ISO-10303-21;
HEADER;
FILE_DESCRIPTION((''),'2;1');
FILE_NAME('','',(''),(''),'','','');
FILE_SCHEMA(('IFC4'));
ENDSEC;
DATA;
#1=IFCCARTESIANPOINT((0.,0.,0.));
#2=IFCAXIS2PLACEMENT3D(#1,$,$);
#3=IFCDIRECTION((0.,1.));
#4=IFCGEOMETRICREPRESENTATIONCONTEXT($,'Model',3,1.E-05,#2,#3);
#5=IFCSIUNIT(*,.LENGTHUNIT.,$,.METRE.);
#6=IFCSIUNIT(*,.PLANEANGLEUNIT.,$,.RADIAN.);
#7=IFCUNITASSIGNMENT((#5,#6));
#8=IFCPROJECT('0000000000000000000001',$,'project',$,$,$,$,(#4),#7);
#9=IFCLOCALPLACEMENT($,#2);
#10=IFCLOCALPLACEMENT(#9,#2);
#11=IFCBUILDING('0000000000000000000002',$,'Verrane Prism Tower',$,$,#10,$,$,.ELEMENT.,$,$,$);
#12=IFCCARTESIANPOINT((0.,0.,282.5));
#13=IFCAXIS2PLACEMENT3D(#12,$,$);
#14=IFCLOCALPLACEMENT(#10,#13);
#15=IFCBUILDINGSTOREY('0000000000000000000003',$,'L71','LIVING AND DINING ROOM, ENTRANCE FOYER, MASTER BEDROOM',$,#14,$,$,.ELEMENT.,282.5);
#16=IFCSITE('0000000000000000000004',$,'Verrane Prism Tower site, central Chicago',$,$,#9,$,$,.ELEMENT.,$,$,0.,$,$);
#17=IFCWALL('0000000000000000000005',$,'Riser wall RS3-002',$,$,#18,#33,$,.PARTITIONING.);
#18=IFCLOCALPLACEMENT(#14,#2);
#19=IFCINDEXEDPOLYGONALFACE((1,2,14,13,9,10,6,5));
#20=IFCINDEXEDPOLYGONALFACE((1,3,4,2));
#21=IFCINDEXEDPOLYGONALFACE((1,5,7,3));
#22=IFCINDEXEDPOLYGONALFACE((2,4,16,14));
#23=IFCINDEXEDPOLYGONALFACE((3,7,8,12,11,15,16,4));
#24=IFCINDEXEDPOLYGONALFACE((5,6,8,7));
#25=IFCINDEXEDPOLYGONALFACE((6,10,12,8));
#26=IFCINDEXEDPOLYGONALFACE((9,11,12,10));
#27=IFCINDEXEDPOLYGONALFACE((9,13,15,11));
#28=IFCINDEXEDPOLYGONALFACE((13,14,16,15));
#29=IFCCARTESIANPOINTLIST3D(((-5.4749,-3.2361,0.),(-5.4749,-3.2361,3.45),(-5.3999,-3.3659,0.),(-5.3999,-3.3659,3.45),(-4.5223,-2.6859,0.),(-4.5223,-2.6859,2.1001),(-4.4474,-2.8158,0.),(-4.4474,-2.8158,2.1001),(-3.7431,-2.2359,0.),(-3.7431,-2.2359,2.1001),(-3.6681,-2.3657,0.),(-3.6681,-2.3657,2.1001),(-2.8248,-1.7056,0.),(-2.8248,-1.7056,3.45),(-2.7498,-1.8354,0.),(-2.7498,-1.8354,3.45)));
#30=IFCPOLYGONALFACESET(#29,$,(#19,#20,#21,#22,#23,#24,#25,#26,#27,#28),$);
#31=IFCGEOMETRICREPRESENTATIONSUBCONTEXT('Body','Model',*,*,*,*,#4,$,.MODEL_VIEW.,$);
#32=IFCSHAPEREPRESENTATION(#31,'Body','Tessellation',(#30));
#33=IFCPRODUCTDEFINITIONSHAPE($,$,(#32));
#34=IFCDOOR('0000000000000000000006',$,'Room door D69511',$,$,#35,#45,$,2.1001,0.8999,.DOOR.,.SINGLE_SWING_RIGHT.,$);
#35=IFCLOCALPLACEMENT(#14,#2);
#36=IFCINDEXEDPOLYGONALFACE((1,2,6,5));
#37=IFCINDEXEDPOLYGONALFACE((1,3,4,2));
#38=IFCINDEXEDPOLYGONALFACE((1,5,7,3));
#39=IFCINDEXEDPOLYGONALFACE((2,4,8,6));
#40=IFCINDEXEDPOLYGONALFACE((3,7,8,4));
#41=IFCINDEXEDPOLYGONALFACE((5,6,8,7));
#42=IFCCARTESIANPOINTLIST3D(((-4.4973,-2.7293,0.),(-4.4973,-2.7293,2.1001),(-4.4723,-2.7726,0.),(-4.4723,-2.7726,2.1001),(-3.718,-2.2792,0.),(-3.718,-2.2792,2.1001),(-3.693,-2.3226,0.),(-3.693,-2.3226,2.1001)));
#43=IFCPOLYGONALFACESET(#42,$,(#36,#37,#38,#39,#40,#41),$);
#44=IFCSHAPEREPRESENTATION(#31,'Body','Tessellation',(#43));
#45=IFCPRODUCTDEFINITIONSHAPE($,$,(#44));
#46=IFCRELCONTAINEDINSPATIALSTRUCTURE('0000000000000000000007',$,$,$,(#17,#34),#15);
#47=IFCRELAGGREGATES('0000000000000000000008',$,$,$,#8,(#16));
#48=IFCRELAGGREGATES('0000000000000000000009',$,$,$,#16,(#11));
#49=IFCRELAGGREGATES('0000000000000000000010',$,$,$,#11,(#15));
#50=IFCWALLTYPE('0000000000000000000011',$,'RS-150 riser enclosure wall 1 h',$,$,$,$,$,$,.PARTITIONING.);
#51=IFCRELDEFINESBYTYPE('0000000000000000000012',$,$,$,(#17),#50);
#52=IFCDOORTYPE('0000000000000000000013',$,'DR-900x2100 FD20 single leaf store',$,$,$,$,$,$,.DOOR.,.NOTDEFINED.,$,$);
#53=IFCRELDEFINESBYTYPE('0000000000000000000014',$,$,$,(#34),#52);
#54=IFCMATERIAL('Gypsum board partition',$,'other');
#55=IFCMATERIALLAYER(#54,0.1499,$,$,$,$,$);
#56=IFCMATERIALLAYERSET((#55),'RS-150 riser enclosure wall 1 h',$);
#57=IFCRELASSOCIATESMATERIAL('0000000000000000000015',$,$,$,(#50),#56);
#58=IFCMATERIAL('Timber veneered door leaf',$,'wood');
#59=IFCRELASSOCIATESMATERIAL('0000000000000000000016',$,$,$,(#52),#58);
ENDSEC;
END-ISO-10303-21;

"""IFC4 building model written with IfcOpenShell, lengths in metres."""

from ifc_helpers import new_model, si_unit, direction, frame, frame_2d, origin, place, context, subcontext, project, spatial, rectangle, extrude, material, layer, layer_set, type_object, element, fill, save


model = new_model("IFC4")

# Units and contexts
model_context = context("Model", 3, precision=1e-05, world=origin(), true_north=direction((0.0, 1.0)))
body_context = subcontext(model_context, "Body", "Model", "MODEL_VIEW")
ifc_project = project(units=[si_unit("LENGTHUNIT", "METRE"), si_unit("PLANEANGLEUNIT", "RADIAN")], contexts=[model_context])

# Site, building, storey
site_placement = place(None, origin())
site = spatial("IfcSite", under=ifc_project, at=site_placement, Name="Verrane Prism Tower site, central Chicago", CompositionType="ELEMENT", RefElevation=0.0)
building_placement = place(site_placement, origin())
building = spatial("IfcBuilding", under=site, at=building_placement, Name="Verrane Prism Tower", CompositionType="ELEMENT")
storey_placement = place(building_placement, frame((0.0, 0.0, 282.5)))
storey = spatial("IfcBuildingStorey", under=building, at=storey_placement, Name="L71", Description="LIVING AND DINING ROOM, ENTRANCE FOYER, MASTER BEDROOM", CompositionType="ELEMENT", Elevation=282.5)

# Shared definitions
ifc_material_1 = material(Name="Gypsum board partition", Category="other")
ifc_layer_1 = layer(ifc_material_1, 0.1499)
ifc_layer_set_1 = layer_set([ifc_layer_1], Name="RS-150 riser enclosure wall 1 h")
wall_type_1 = type_object("IfcWallType", Name="RS-150 riser enclosure wall 1 h", PredefinedType="PARTITIONING", material=ifc_layer_set_1)

# Wall, opening, door
wall_1_placement = place(storey_placement, frame((-5.4375, -3.301, 0.0), z_axis=(0.0, 0.0, 1.0), x_axis=(0.865961, 0.500111, 0.0)))
wall_1 = element("IfcWall", 1, at=wall_1_placement, inside=storey, type_object=wall_type_1, Name="Riser wall RS3-002", PredefinedType="PARTITIONING", context=body_context, shape_type="SweptSolid", body=[
    extrude(rectangle(XDim=3.0603, YDim=0.1499, at=frame_2d((1.5303, 0.0))), origin(), (0.0, 0.0, 1.0), 3.45),
])
opening_1_placement = place(wall_1_placement, frame((1.1001, 0.0, 0.0)))
opening_1 = element("IfcOpeningElement", 2, at=opening_1_placement, cuts=wall_1, PredefinedType="OPENING", context=body_context, shape_type="SweptSolid", body=[
    extrude(rectangle(XDim=0.8999, YDim=2.1001, at=frame_2d((0.45, 1.05))), frame((0.0, 0.085, 0.0), z_axis=(0.0, -1.0, 0.0), x_axis=(1.0, 0.0, 0.0)), (0.0, 0.0, 1.0), 0.1699),
])
ifc_material_2 = material(Name="Timber veneered door leaf", Category="wood")
door_type_1 = type_object("IfcDoorType", Name="DR-900x2100 FD20 single leaf store", OperationType="NOTDEFINED", PredefinedType="DOOR", material=ifc_material_2)
door_1_placement = place(opening_1_placement, origin())
door_1 = element("IfcDoor", 3, at=door_1_placement, inside=storey, type_object=door_type_1, Name="Room door D69511", OperationType="SINGLE_SWING_RIGHT", OverallHeight=2.1001, OverallWidth=0.8999, PredefinedType="DOOR", context=body_context, shape_type="SweptSolid", body=[
    extrude(rectangle(XDim=0.8999, YDim=2.1001, at=frame_2d((0.45, 1.05))), frame((0.0, 0.0249, 0.0), z_axis=(0.0, -1.0, 0.0), x_axis=(1.0, 0.0, 0.0)), (0.0, 0.0, 1.0), 0.05),
])
fill(opening_1, door_1)

save(model, "model.ifc")
